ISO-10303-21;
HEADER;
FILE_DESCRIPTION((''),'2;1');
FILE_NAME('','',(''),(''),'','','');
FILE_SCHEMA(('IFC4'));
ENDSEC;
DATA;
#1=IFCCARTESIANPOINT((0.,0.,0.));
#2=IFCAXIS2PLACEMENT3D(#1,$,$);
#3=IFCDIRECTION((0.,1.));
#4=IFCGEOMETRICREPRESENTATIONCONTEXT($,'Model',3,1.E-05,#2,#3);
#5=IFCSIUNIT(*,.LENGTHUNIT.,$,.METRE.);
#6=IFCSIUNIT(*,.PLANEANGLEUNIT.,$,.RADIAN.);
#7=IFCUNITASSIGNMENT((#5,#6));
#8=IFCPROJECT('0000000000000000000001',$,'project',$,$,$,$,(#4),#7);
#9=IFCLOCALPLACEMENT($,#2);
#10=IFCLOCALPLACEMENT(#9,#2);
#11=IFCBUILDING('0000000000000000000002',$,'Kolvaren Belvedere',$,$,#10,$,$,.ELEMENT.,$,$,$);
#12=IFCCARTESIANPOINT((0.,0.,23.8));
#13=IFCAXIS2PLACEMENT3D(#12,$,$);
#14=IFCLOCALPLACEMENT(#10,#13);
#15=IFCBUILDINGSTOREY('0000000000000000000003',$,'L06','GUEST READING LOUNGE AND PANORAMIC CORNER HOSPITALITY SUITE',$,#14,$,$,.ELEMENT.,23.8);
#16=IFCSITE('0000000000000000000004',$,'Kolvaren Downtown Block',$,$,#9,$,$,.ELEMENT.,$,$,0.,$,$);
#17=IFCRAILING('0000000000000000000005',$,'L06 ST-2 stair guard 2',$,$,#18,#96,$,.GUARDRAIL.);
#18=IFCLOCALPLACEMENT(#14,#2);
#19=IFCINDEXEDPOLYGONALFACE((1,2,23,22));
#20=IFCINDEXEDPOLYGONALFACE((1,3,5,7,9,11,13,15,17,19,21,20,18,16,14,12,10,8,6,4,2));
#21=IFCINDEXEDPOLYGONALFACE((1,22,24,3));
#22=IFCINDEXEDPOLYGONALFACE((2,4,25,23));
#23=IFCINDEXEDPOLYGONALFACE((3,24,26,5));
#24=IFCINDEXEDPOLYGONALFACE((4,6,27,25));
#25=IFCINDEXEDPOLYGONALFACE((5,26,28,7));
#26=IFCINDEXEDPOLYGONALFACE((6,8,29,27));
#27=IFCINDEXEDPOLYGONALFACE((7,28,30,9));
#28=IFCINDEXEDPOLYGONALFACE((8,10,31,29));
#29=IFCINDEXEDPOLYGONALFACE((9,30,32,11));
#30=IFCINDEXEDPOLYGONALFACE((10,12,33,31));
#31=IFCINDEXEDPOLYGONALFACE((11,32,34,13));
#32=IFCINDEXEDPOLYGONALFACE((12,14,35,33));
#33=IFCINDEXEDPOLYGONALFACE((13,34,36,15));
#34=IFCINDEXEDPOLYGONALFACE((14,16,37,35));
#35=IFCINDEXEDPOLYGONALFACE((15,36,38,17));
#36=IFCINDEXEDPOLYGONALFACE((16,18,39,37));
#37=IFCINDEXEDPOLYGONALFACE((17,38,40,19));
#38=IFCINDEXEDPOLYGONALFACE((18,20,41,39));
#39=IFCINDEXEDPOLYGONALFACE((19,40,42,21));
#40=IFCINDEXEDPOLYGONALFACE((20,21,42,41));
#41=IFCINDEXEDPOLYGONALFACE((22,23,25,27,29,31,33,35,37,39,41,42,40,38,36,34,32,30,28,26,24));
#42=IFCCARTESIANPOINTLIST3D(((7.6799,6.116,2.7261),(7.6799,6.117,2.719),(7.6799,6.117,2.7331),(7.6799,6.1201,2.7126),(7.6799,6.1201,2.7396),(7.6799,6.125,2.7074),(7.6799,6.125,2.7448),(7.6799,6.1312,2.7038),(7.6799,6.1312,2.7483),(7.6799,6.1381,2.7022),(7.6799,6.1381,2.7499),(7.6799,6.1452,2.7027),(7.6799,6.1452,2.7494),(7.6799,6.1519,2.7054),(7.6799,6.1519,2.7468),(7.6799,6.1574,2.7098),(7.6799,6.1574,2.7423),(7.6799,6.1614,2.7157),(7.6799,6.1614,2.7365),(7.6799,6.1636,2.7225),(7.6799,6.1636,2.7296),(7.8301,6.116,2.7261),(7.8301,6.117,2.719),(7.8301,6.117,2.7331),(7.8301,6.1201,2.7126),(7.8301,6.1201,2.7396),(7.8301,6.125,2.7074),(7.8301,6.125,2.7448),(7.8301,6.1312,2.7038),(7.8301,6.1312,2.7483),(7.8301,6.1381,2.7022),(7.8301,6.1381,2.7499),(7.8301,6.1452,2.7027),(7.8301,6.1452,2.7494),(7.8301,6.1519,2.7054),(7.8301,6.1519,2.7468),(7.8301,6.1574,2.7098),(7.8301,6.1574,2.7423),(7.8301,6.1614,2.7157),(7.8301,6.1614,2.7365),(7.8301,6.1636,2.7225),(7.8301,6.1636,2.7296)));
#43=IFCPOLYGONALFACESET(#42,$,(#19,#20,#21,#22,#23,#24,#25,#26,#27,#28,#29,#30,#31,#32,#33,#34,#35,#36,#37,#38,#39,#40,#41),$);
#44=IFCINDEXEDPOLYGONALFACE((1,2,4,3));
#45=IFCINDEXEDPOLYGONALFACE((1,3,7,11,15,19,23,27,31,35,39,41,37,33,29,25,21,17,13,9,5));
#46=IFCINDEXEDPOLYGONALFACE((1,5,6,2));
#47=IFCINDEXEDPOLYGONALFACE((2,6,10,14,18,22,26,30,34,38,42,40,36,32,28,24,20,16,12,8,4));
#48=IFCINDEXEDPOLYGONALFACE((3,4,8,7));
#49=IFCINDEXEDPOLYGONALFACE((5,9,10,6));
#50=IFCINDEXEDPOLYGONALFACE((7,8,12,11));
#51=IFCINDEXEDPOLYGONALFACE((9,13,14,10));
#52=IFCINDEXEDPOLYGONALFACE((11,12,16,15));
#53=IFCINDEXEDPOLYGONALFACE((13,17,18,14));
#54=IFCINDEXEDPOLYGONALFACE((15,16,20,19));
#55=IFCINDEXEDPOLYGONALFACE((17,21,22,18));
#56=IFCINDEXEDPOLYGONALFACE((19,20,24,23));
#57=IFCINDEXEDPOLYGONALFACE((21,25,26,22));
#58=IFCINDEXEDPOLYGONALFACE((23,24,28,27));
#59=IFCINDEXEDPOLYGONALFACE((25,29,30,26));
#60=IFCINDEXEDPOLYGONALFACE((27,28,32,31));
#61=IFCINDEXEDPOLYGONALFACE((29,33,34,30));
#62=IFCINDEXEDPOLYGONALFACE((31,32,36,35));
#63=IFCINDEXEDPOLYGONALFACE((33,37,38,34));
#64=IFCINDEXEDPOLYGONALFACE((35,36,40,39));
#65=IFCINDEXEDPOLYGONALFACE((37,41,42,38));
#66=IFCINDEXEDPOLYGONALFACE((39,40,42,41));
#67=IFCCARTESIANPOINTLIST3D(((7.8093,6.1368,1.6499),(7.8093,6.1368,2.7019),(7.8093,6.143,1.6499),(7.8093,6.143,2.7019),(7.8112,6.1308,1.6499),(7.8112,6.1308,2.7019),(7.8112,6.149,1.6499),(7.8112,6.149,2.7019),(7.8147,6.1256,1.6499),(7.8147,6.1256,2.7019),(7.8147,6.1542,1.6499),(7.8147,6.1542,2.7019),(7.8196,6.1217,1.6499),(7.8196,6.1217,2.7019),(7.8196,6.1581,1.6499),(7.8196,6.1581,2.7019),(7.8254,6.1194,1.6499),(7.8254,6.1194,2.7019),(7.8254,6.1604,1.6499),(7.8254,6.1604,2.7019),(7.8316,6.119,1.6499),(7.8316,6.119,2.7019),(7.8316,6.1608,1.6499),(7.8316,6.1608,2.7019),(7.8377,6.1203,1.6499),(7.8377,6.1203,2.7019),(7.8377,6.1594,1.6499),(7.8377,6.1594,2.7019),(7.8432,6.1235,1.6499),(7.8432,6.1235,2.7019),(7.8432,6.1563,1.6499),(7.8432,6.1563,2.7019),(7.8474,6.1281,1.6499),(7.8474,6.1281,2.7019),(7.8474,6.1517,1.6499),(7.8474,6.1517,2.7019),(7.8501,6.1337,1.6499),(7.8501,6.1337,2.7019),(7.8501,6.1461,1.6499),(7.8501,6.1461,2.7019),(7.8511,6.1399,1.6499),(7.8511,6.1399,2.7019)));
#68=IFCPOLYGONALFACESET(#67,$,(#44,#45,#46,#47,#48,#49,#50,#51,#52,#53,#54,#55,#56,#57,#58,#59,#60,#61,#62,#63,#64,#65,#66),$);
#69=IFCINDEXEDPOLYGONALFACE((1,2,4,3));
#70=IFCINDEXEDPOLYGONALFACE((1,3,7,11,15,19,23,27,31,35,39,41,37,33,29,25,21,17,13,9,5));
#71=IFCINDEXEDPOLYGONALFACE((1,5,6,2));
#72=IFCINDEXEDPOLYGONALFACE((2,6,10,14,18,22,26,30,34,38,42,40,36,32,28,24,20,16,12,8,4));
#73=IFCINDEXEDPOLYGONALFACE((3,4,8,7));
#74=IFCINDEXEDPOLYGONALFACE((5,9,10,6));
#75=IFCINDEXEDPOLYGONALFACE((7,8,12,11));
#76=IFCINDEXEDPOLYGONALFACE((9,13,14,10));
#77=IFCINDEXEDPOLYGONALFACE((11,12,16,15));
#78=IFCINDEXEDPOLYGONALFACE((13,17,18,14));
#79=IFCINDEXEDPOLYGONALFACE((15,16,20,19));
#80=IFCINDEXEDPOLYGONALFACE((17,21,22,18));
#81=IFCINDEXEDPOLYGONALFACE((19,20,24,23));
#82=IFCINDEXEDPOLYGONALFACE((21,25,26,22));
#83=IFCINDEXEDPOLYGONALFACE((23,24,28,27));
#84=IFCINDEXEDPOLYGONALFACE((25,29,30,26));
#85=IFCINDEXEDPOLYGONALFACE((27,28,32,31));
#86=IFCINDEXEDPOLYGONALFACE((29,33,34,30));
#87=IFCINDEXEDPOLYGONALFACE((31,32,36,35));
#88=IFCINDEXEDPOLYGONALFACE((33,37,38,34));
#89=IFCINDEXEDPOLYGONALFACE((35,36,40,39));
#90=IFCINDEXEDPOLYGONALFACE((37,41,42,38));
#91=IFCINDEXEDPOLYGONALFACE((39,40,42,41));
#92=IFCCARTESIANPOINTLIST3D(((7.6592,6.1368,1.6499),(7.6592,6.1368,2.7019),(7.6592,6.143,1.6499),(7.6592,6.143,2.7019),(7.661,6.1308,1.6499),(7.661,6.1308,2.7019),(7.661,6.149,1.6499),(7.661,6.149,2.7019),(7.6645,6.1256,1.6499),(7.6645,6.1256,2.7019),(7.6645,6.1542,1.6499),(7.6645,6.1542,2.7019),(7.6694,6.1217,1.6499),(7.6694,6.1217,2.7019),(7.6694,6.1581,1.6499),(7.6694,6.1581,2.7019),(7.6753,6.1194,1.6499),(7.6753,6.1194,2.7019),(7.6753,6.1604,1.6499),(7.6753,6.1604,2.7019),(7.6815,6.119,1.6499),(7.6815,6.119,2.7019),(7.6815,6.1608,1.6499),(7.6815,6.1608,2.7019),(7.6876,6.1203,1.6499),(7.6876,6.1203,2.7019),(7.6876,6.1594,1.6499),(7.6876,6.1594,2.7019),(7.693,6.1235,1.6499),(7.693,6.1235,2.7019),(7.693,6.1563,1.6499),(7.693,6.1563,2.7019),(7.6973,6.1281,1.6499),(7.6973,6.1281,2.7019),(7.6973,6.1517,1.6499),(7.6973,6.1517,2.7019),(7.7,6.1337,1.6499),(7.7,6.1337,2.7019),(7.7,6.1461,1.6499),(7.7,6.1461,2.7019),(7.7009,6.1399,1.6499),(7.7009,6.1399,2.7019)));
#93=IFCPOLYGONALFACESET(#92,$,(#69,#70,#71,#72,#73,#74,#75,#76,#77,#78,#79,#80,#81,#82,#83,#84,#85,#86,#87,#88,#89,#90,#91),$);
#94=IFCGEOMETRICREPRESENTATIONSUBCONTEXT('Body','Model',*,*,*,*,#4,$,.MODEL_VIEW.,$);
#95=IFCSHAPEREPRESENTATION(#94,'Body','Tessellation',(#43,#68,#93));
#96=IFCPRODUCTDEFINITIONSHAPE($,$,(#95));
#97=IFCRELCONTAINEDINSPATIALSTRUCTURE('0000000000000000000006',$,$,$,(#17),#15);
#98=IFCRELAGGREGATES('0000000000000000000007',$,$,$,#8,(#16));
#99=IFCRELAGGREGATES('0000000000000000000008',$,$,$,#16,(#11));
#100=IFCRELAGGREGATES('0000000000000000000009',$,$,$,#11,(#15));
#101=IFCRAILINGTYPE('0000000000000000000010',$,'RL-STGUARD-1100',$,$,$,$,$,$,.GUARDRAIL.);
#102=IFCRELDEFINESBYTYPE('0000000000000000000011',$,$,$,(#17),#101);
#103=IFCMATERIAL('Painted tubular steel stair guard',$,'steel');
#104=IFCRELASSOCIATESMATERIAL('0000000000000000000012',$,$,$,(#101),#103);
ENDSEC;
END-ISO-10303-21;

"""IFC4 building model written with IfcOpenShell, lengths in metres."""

from ifc_helpers import new_model, si_unit, direction, frame, origin, origin_2d, place, context, subcontext, project, spatial, circle, extrude, material, type_object, element, save


model = new_model("IFC4")

# Units and contexts
model_context = context("Model", 3, precision=1e-05, world=origin(), true_north=direction((0.0, 1.0)))
body_context = subcontext(model_context, "Body", "Model", "MODEL_VIEW")
ifc_project = project(units=[si_unit("LENGTHUNIT", "METRE"), si_unit("PLANEANGLEUNIT", "RADIAN")], contexts=[model_context])

# Site, building, storey
site_placement = place(None, origin())
site = spatial("IfcSite", under=ifc_project, at=site_placement, Name="Kolvaren Downtown Block", CompositionType="ELEMENT", RefElevation=0.0)
building_placement = place(site_placement, origin())
building = spatial("IfcBuilding", under=site, at=building_placement, Name="Kolvaren Belvedere", CompositionType="ELEMENT")
storey_placement = place(building_placement, frame((0.0, 0.0, 23.8)))
storey = spatial("IfcBuildingStorey", under=building, at=storey_placement, Name="L06", Description="GUEST READING LOUNGE AND PANORAMIC CORNER HOSPITALITY SUITE", CompositionType="ELEMENT", Elevation=23.8)

# Railing
ifc_material_1 = material(Name="Painted tubular steel stair guard", Category="steel")
railing_type_1 = type_object("IfcRailingType", Name="RL-STGUARD-1100", PredefinedType="GUARDRAIL", material=ifc_material_1)
railing_1_placement = place(storey_placement, frame((7.8301, 6.1399, 1.6499)))
element("IfcRailing", 1, at=railing_1_placement, inside=storey, type_object=railing_type_1, Name="L06 ST-2 stair guard 2", PredefinedType="GUARDRAIL", context=body_context, shape_type="SweptSolid", body=[
    extrude(circle(Radius=0.0239, at=origin_2d()), frame((0.0, 0.0, 1.0762), z_axis=(-1.0, 0.0, 0.0), x_axis=(0.0, -1.0, 0.0)), (0.0, 0.0, 1.0), 0.1501),
    extrude(circle(Radius=0.021, at=origin_2d()), origin(), (0.0, 0.0, 1.0), 1.052),
    extrude(circle(Radius=0.021, at=origin_2d()), frame((-0.1501, 0.0, 0.0)), (0.0, 0.0, 1.0), 1.052),
])

save(model, "model.ifc")
